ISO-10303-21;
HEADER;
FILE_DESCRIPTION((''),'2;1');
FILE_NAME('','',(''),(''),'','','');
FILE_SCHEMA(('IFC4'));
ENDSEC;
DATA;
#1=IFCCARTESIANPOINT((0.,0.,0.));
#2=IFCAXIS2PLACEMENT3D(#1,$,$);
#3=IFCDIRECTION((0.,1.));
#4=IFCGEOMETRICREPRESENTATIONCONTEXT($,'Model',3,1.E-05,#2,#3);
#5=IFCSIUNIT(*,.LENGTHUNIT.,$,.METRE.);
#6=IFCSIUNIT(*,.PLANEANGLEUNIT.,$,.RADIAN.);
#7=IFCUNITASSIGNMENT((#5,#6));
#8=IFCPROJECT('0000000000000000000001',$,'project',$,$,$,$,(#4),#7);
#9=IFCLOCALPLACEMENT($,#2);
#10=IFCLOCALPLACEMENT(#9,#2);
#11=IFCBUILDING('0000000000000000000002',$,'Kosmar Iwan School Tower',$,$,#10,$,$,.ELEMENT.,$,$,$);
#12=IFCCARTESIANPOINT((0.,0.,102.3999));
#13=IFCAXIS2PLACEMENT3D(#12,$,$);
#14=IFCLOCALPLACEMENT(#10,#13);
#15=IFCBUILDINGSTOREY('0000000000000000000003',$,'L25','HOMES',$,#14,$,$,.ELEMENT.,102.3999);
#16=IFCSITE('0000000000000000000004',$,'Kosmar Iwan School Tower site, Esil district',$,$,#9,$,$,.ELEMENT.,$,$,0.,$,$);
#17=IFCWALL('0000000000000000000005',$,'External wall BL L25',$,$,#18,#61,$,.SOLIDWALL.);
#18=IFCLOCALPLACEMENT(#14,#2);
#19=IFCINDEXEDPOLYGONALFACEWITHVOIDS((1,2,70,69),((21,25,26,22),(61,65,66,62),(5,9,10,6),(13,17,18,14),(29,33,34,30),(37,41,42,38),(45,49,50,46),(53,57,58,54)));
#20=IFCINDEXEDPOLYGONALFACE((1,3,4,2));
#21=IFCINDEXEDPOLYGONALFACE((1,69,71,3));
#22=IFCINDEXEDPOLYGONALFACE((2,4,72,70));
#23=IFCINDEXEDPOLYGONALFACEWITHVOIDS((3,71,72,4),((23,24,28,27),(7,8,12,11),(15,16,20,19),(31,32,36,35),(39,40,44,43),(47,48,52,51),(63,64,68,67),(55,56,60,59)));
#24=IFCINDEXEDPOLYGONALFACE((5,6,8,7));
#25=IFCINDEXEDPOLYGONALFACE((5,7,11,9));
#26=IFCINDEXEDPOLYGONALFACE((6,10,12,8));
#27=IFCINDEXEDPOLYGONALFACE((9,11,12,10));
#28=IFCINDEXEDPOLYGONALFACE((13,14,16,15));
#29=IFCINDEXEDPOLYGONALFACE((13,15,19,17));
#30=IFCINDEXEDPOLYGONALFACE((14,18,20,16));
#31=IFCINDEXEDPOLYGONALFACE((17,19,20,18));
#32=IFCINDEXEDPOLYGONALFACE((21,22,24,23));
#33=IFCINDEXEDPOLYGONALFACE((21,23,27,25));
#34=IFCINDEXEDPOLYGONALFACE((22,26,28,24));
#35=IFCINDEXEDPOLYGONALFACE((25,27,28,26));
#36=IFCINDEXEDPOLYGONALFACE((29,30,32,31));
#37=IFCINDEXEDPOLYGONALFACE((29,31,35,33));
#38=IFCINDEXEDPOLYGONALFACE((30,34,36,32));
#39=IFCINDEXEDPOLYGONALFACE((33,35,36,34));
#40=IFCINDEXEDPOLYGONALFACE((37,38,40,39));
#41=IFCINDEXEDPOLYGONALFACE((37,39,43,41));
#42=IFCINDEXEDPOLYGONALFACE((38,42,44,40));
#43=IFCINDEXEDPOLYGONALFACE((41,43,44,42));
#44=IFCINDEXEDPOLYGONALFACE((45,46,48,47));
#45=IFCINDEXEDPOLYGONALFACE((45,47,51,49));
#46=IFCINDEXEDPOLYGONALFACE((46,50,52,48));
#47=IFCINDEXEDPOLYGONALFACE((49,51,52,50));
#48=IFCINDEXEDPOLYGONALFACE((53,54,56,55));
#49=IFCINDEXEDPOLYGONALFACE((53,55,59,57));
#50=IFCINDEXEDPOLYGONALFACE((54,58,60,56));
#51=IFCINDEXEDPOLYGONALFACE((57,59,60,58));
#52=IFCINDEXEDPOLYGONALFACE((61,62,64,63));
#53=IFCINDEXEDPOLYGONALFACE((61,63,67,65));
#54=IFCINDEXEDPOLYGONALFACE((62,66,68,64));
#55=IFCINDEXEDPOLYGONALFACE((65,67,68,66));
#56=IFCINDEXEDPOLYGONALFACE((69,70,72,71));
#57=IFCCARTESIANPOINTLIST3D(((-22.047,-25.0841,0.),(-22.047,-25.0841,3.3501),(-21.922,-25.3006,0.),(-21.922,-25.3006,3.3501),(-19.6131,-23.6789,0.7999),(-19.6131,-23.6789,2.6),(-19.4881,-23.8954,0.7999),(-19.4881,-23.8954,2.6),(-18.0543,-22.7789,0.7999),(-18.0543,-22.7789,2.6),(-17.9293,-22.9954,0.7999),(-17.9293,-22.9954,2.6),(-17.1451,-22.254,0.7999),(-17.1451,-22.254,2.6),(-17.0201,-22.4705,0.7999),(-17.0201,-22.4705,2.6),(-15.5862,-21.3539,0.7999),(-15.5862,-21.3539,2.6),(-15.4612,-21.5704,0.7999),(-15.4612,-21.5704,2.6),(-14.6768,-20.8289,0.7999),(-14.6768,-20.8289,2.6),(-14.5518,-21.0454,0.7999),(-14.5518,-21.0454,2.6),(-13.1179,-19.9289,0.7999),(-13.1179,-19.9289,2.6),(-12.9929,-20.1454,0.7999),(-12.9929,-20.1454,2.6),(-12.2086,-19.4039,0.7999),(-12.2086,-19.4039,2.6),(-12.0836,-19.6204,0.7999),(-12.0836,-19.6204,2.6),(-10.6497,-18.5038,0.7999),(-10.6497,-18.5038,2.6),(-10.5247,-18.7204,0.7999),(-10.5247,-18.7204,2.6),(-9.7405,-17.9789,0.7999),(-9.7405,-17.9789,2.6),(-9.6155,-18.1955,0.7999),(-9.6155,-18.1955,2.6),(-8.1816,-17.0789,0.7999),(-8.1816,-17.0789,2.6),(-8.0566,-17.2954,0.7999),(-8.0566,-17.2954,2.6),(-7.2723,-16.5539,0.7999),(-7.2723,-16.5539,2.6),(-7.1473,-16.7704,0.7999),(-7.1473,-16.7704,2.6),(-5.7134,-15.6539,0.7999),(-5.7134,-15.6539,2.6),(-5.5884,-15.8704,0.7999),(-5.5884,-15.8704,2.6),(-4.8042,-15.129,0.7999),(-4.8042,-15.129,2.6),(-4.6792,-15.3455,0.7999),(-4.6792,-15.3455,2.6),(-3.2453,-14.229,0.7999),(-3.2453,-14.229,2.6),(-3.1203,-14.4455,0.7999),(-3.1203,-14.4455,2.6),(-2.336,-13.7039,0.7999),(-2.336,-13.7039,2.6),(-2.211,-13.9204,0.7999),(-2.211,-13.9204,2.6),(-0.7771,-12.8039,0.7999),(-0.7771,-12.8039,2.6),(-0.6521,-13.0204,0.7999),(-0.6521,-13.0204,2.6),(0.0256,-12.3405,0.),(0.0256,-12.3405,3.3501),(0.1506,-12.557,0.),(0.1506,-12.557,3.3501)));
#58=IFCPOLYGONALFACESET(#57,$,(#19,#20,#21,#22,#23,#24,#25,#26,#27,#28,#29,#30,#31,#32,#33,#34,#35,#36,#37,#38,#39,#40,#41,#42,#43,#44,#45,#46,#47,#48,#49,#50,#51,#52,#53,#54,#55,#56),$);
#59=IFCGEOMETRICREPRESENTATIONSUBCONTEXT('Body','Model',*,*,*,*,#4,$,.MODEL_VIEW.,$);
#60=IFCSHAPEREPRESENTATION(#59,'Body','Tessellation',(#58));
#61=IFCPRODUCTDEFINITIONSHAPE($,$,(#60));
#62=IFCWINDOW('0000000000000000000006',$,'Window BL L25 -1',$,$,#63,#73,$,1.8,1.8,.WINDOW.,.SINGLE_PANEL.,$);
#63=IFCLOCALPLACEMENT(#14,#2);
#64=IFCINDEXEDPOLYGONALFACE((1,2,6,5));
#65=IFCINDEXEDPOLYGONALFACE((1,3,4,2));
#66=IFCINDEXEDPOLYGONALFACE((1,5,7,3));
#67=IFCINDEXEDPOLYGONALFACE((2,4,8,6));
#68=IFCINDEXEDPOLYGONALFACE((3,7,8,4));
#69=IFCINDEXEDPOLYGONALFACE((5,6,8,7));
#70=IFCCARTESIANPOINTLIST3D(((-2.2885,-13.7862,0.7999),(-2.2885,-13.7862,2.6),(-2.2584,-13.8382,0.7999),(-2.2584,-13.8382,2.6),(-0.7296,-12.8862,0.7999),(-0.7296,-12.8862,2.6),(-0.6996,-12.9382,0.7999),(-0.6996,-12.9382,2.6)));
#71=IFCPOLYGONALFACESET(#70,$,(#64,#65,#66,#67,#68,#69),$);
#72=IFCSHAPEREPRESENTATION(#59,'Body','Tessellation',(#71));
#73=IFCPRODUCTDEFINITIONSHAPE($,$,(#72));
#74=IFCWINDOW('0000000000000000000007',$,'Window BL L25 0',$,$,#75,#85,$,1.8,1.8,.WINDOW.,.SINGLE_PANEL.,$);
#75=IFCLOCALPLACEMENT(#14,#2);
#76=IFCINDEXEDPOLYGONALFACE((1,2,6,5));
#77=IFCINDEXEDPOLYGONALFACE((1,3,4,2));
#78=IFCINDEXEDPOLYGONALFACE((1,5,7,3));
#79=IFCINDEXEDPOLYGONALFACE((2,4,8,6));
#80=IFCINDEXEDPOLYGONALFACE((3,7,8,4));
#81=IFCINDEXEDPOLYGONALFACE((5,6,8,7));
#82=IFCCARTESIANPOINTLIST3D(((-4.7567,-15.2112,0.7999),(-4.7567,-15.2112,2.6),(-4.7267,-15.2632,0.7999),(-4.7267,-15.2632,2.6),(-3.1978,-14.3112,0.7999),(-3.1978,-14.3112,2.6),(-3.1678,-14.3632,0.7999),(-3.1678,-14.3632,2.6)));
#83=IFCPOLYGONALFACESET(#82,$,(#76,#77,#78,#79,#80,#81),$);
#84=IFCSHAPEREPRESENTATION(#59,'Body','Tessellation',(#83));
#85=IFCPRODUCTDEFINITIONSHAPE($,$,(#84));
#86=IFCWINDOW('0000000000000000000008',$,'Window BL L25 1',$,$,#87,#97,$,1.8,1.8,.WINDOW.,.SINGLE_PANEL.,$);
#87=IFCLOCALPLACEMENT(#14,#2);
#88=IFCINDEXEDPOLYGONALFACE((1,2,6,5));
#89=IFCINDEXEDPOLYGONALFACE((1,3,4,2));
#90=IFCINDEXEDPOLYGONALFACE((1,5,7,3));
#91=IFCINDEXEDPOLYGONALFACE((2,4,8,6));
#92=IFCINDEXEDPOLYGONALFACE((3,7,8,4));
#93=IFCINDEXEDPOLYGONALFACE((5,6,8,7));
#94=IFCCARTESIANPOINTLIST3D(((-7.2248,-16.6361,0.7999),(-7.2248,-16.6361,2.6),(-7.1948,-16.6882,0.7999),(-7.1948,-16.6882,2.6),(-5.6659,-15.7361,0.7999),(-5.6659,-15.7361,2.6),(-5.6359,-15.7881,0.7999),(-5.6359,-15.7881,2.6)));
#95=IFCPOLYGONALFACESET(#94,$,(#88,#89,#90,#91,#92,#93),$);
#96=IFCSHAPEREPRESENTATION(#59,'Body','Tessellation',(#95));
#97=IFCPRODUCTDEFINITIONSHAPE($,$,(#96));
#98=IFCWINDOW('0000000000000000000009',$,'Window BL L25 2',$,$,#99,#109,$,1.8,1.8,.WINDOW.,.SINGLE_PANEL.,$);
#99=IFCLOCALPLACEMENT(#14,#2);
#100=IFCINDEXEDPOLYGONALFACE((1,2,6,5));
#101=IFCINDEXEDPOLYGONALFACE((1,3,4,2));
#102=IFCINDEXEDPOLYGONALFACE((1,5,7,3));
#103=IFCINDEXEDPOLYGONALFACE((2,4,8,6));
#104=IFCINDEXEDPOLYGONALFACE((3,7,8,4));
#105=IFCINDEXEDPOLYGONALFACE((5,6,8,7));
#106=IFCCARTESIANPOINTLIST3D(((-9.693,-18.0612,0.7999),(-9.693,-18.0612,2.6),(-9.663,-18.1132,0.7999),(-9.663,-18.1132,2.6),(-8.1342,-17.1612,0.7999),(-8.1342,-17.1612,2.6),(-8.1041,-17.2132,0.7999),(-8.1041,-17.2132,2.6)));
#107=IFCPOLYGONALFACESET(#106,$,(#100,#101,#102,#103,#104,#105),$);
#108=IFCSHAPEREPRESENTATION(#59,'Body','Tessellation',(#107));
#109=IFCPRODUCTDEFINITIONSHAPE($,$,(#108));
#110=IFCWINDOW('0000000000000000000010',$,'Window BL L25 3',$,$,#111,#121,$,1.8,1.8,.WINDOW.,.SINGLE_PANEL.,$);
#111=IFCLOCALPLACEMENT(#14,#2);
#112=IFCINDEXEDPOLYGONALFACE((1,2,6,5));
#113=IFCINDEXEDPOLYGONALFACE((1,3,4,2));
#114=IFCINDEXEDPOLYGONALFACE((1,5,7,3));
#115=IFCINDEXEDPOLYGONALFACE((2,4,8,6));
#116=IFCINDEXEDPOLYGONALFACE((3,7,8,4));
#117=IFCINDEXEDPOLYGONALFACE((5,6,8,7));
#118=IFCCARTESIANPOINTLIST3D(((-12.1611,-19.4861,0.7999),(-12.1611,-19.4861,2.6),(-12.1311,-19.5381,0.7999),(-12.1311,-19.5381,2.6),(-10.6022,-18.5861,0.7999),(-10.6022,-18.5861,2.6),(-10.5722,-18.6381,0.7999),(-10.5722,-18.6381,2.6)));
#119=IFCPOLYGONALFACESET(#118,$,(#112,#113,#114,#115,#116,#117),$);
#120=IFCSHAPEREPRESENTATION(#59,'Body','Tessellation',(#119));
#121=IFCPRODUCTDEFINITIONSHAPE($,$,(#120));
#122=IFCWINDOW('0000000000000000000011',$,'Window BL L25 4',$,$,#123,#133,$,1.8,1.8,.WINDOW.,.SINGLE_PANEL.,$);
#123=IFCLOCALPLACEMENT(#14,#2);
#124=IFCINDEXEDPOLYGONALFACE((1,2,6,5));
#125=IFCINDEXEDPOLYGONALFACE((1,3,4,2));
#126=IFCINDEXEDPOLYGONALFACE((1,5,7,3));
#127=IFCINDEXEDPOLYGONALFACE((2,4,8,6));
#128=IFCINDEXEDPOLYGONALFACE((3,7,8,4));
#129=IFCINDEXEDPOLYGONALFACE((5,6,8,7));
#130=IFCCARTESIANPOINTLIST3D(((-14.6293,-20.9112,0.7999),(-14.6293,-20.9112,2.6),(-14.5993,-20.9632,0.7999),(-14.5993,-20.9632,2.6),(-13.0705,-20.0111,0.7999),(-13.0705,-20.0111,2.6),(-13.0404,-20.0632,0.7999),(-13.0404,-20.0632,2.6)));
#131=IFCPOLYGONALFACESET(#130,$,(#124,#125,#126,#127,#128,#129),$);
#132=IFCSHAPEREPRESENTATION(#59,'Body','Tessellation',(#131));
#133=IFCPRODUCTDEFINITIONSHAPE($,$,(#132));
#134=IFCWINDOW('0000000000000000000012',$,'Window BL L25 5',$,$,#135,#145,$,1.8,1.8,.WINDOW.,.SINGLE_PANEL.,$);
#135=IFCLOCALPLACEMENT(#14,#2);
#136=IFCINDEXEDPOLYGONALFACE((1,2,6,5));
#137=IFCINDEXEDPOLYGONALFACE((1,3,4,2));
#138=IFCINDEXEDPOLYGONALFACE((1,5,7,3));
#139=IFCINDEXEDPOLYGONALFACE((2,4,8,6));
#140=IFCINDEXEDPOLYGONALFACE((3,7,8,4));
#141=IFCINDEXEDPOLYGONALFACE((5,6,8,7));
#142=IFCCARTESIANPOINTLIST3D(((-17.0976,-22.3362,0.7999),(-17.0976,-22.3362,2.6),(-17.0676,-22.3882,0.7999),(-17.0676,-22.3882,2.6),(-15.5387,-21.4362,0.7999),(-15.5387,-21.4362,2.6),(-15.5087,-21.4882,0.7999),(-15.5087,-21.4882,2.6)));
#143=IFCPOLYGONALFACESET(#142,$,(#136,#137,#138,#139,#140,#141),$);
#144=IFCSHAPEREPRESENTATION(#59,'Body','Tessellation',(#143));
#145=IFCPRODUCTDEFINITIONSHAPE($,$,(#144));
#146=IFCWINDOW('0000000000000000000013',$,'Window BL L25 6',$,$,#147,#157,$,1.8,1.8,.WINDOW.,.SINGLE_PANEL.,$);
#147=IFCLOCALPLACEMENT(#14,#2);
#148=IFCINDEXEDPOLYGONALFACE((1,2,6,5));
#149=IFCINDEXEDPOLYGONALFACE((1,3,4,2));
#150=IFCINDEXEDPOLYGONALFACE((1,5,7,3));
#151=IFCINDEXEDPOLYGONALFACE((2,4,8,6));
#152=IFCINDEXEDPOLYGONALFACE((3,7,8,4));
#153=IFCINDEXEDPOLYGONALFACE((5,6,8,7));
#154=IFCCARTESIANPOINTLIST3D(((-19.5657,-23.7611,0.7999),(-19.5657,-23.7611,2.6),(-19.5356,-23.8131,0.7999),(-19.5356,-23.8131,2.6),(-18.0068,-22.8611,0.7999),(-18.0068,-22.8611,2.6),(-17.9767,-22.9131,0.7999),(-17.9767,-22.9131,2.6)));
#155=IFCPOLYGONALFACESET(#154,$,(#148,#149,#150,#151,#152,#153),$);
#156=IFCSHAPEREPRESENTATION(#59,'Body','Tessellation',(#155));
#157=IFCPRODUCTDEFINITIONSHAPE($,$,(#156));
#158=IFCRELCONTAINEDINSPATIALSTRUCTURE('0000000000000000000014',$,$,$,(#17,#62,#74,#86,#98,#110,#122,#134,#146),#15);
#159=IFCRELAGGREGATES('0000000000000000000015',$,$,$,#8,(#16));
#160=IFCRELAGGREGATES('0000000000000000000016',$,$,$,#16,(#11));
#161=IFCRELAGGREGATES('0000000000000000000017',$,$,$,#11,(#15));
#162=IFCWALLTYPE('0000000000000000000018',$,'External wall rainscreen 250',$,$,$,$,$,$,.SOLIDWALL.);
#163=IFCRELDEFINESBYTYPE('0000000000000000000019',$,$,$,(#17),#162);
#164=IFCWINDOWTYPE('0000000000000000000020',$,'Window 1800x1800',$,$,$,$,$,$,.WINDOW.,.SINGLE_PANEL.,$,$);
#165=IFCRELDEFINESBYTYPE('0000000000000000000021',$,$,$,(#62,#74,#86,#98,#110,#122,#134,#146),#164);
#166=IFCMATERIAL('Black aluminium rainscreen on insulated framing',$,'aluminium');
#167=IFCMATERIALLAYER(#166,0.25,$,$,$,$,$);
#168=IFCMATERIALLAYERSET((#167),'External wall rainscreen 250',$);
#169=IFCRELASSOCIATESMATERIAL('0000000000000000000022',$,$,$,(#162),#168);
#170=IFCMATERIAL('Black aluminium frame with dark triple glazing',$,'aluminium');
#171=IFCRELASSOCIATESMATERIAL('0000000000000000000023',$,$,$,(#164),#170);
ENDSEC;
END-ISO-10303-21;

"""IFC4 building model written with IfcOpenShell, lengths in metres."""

from ifc_helpers import new_model, si_unit, direction, frame, frame_2d, origin, place, context, subcontext, project, spatial, rectangle, extrude, material, layer, layer_set, type_object, element, fill, save


model = new_model("IFC4")

# Units and contexts
model_context = context("Model", 3, precision=1e-05, world=origin(), true_north=direction((0.0, 1.0)))
body_context = subcontext(model_context, "Body", "Model", "MODEL_VIEW")
ifc_project = project(units=[si_unit("LENGTHUNIT", "METRE"), si_unit("PLANEANGLEUNIT", "RADIAN")], contexts=[model_context])

# Site, building, storey
site_placement = place(None, origin())
site = spatial("IfcSite", under=ifc_project, at=site_placement, Name="Kosmar Iwan School Tower site, Esil district", CompositionType="ELEMENT", RefElevation=0.0)
building_placement = place(site_placement, origin())
building = spatial("IfcBuilding", under=site, at=building_placement, Name="Kosmar Iwan School Tower", CompositionType="ELEMENT")
storey_placement = place(building_placement, frame((0.0, 0.0, 102.3999)))
storey = spatial("IfcBuildingStorey", under=building, at=storey_placement, Name="L25", Description="HOMES", CompositionType="ELEMENT", Elevation=102.3999)

# Wall, openings, windows
ifc_material_1 = material(Name="Black aluminium rainscreen on insulated framing", Category="aluminium")
ifc_layer = layer(ifc_material_1, 0.25)
ifc_layer_set = layer_set([ifc_layer], Name="External wall rainscreen 250")
wall_type = type_object("IfcWallType", Name="External wall rainscreen 250", PredefinedType="SOLIDWALL", material=ifc_layer_set)
wall_1_placement = place(storey_placement, frame((0.0881, -12.4487, 0.0), z_axis=(0.0, 0.0, 1.0), x_axis=(-0.866026, -0.499998, 0.0)))
wall_1 = element("IfcWall", 1, at=wall_1_placement, inside=storey, type_object=wall_type, Name="External wall BL L25", PredefinedType="SOLIDWALL", context=body_context, shape_type="SweptSolid", body=[
    extrude(rectangle(XDim=25.4873, YDim=0.25, at=frame_2d((12.7437, 0.0))), origin(), (0.0, 0.0, 1.0), 3.3501),
])
opening_1_placement = place(wall_1_placement, frame((0.927, 0.0, 0.8)))
opening_1 = element("IfcOpeningElement", 2, at=opening_1_placement, cuts=wall_1, PredefinedType="OPENING", context=body_context, shape_type="SweptSolid", body=[
    extrude(rectangle(XDim=1.8, YDim=1.8, at=frame_2d((0.8999, 0.8999))), frame((0.0, 0.137, 0.0), z_axis=(0.0, -1.0, 0.0), x_axis=(1.0, 0.0, 0.0)), (0.0, 0.0, 1.0), 0.2739),
])
opening_2_placement = place(wall_1_placement, frame((3.7771, 0.0, 0.8)))
opening_2 = element("IfcOpeningElement", 3, at=opening_2_placement, cuts=wall_1, PredefinedType="OPENING", context=body_context, shape_type="SweptSolid", body=[
    extrude(rectangle(XDim=1.8, YDim=1.8, at=frame_2d((0.8999, 0.8999))), frame((0.0, 0.137, 0.0), z_axis=(0.0, -1.0, 0.0), x_axis=(1.0, 0.0, 0.0)), (0.0, 0.0, 1.0), 0.2739),
])
opening_3_placement = place(wall_1_placement, frame((6.627, 0.0, 0.8)))
opening_3 = element("IfcOpeningElement", 4, at=opening_3_placement, cuts=wall_1, PredefinedType="OPENING", context=body_context, shape_type="SweptSolid", body=[
    extrude(rectangle(XDim=1.8, YDim=1.8, at=frame_2d((0.8999, 0.8999))), frame((0.0, 0.137, 0.0), z_axis=(0.0, -1.0, 0.0), x_axis=(1.0, 0.0, 0.0)), (0.0, 0.0, 1.0), 0.2739),
])
opening_4_placement = place(wall_1_placement, frame((9.4771, 0.0, 0.8)))
opening_4 = element("IfcOpeningElement", 5, at=opening_4_placement, cuts=wall_1, PredefinedType="OPENING", context=body_context, shape_type="SweptSolid", body=[
    extrude(rectangle(XDim=1.8, YDim=1.8, at=frame_2d((0.8999, 0.8999))), frame((0.0, 0.137, 0.0), z_axis=(0.0, -1.0, 0.0), x_axis=(1.0, 0.0, 0.0)), (0.0, 0.0, 1.0), 0.2739),
])
opening_5_placement = place(wall_1_placement, frame((12.3269, 0.0, 0.8)))
opening_5 = element("IfcOpeningElement", 6, at=opening_5_placement, cuts=wall_1, PredefinedType="OPENING", context=body_context, shape_type="SweptSolid", body=[
    extrude(rectangle(XDim=1.8, YDim=1.8, at=frame_2d((0.8999, 0.8999))), frame((0.0, 0.137, 0.0), z_axis=(0.0, -1.0, 0.0), x_axis=(1.0, 0.0, 0.0)), (0.0, 0.0, 1.0), 0.2739),
])
opening_6_placement = place(wall_1_placement, frame((15.177, 0.0, 0.8)))
opening_6 = element("IfcOpeningElement", 7, at=opening_6_placement, cuts=wall_1, PredefinedType="OPENING", context=body_context, shape_type="SweptSolid", body=[
    extrude(rectangle(XDim=1.8, YDim=1.8, at=frame_2d((0.8999, 0.8999))), frame((0.0, 0.137, 0.0), z_axis=(0.0, -1.0, 0.0), x_axis=(1.0, 0.0, 0.0)), (0.0, 0.0, 1.0), 0.2739),
])
opening_7_placement = place(wall_1_placement, frame((18.0271, 0.0, 0.8)))
opening_7 = element("IfcOpeningElement", 8, at=opening_7_placement, cuts=wall_1, PredefinedType="OPENING", context=body_context, shape_type="SweptSolid", body=[
    extrude(rectangle(XDim=1.8, YDim=1.8, at=frame_2d((0.8999, 0.8999))), frame((0.0, 0.137, 0.0), z_axis=(0.0, -1.0, 0.0), x_axis=(1.0, 0.0, 0.0)), (0.0, 0.0, 1.0), 0.2739),
])
opening_8_placement = place(wall_1_placement, frame((20.877, 0.0, 0.8)))
opening_8 = element("IfcOpeningElement", 9, at=opening_8_placement, cuts=wall_1, PredefinedType="OPENING", context=body_context, shape_type="SweptSolid", body=[
    extrude(rectangle(XDim=1.8, YDim=1.8, at=frame_2d((0.8999, 0.8999))), frame((0.0, 0.137, 0.0), z_axis=(0.0, -1.0, 0.0), x_axis=(1.0, 0.0, 0.0)), (0.0, 0.0, 1.0), 0.2739),
])
ifc_material_2 = material(Name="Black aluminium frame with dark triple glazing", Category="aluminium")
window_type = type_object("IfcWindowType", Name="Window 1800x1800", PartitioningType="SINGLE_PANEL", PredefinedType="WINDOW", material=ifc_material_2)
window_1_placement = place(opening_1_placement, origin())
window_1 = element("IfcWindow", 10, at=window_1_placement, inside=storey, type_object=window_type, Name="Window BL L25 -1", OverallHeight=1.8, OverallWidth=1.8, PartitioningType="SINGLE_PANEL", PredefinedType="WINDOW", context=body_context, shape_type="SweptSolid", body=[
    extrude(rectangle(XDim=1.8, YDim=1.8, at=frame_2d((0.8999, 0.8999))), frame((0.0, 0.03, 0.0), z_axis=(0.0, -1.0, 0.0), x_axis=(1.0, 0.0, 0.0)), (0.0, 0.0, 1.0), 0.0601),
])
fill(opening_1, window_1)
window_2_placement = place(opening_2_placement, origin())
window_2 = element("IfcWindow", 11, at=window_2_placement, inside=storey, type_object=window_type, Name="Window BL L25 0", OverallHeight=1.8, OverallWidth=1.8, PartitioningType="SINGLE_PANEL", PredefinedType="WINDOW", context=body_context, shape_type="SweptSolid", body=[
    extrude(rectangle(XDim=1.8, YDim=1.8, at=frame_2d((0.8999, 0.8999))), frame((0.0, 0.03, 0.0), z_axis=(0.0, -1.0, 0.0), x_axis=(1.0, 0.0, 0.0)), (0.0, 0.0, 1.0), 0.0601),
])
fill(opening_2, window_2)
window_3_placement = place(opening_3_placement, origin())
window_3 = element("IfcWindow", 12, at=window_3_placement, inside=storey, type_object=window_type, Name="Window BL L25 1", OverallHeight=1.8, OverallWidth=1.8, PartitioningType="SINGLE_PANEL", PredefinedType="WINDOW", context=body_context, shape_type="SweptSolid", body=[
    extrude(rectangle(XDim=1.8, YDim=1.8, at=frame_2d((0.8999, 0.8999))), frame((0.0, 0.03, 0.0), z_axis=(0.0, -1.0, 0.0), x_axis=(1.0, 0.0, 0.0)), (0.0, 0.0, 1.0), 0.0601),
])
fill(opening_3, window_3)
window_4_placement = place(opening_4_placement, origin())
window_4 = element("IfcWindow", 13, at=window_4_placement, inside=storey, type_object=window_type, Name="Window BL L25 2", OverallHeight=1.8, OverallWidth=1.8, PartitioningType="SINGLE_PANEL", PredefinedType="WINDOW", context=body_context, shape_type="SweptSolid", body=[
    extrude(rectangle(XDim=1.8, YDim=1.8, at=frame_2d((0.8999, 0.8999))), frame((0.0, 0.03, 0.0), z_axis=(0.0, -1.0, 0.0), x_axis=(1.0, 0.0, 0.0)), (0.0, 0.0, 1.0), 0.0601),
])
fill(opening_4, window_4)
window_5_placement = place(opening_5_placement, origin())
window_5 = element("IfcWindow", 14, at=window_5_placement, inside=storey, type_object=window_type, Name="Window BL L25 3", OverallHeight=1.8, OverallWidth=1.8, PartitioningType="SINGLE_PANEL", PredefinedType="WINDOW", context=body_context, shape_type="SweptSolid", body=[
    extrude(rectangle(XDim=1.8, YDim=1.8, at=frame_2d((0.8999, 0.8999))), frame((0.0, 0.03, 0.0), z_axis=(0.0, -1.0, 0.0), x_axis=(1.0, 0.0, 0.0)), (0.0, 0.0, 1.0), 0.0601),
])
fill(opening_5, window_5)
window_6_placement = place(opening_6_placement, origin())
window_6 = element("IfcWindow", 15, at=window_6_placement, inside=storey, type_object=window_type, Name="Window BL L25 4", OverallHeight=1.8, OverallWidth=1.8, PartitioningType="SINGLE_PANEL", PredefinedType="WINDOW", context=body_context, shape_type="SweptSolid", body=[
    extrude(rectangle(XDim=1.8, YDim=1.8, at=frame_2d((0.8999, 0.8999))), frame((0.0, 0.03, 0.0), z_axis=(0.0, -1.0, 0.0), x_axis=(1.0, 0.0, 0.0)), (0.0, 0.0, 1.0), 0.0601),
])
fill(opening_6, window_6)
window_7_placement = place(opening_7_placement, origin())
window_7 = element("IfcWindow", 16, at=window_7_placement, inside=storey, type_object=window_type, Name="Window BL L25 5", OverallHeight=1.8, OverallWidth=1.8, PartitioningType="SINGLE_PANEL", PredefinedType="WINDOW", context=body_context, shape_type="SweptSolid", body=[
    extrude(rectangle(XDim=1.8, YDim=1.8, at=frame_2d((0.8999, 0.8999))), frame((0.0, 0.03, 0.0), z_axis=(0.0, -1.0, 0.0), x_axis=(1.0, 0.0, 0.0)), (0.0, 0.0, 1.0), 0.0601),
])
fill(opening_7, window_7)
window_8_placement = place(opening_8_placement, origin())
window_8 = element("IfcWindow", 17, at=window_8_placement, inside=storey, type_object=window_type, Name="Window BL L25 6", OverallHeight=1.8, OverallWidth=1.8, PartitioningType="SINGLE_PANEL", PredefinedType="WINDOW", context=body_context, shape_type="SweptSolid", body=[
    extrude(rectangle(XDim=1.8, YDim=1.8, at=frame_2d((0.8999, 0.8999))), frame((0.0, 0.03, 0.0), z_axis=(0.0, -1.0, 0.0), x_axis=(1.0, 0.0, 0.0)), (0.0, 0.0, 1.0), 0.0601),
])
fill(opening_8, window_8)

save(model, "model.ifc")
